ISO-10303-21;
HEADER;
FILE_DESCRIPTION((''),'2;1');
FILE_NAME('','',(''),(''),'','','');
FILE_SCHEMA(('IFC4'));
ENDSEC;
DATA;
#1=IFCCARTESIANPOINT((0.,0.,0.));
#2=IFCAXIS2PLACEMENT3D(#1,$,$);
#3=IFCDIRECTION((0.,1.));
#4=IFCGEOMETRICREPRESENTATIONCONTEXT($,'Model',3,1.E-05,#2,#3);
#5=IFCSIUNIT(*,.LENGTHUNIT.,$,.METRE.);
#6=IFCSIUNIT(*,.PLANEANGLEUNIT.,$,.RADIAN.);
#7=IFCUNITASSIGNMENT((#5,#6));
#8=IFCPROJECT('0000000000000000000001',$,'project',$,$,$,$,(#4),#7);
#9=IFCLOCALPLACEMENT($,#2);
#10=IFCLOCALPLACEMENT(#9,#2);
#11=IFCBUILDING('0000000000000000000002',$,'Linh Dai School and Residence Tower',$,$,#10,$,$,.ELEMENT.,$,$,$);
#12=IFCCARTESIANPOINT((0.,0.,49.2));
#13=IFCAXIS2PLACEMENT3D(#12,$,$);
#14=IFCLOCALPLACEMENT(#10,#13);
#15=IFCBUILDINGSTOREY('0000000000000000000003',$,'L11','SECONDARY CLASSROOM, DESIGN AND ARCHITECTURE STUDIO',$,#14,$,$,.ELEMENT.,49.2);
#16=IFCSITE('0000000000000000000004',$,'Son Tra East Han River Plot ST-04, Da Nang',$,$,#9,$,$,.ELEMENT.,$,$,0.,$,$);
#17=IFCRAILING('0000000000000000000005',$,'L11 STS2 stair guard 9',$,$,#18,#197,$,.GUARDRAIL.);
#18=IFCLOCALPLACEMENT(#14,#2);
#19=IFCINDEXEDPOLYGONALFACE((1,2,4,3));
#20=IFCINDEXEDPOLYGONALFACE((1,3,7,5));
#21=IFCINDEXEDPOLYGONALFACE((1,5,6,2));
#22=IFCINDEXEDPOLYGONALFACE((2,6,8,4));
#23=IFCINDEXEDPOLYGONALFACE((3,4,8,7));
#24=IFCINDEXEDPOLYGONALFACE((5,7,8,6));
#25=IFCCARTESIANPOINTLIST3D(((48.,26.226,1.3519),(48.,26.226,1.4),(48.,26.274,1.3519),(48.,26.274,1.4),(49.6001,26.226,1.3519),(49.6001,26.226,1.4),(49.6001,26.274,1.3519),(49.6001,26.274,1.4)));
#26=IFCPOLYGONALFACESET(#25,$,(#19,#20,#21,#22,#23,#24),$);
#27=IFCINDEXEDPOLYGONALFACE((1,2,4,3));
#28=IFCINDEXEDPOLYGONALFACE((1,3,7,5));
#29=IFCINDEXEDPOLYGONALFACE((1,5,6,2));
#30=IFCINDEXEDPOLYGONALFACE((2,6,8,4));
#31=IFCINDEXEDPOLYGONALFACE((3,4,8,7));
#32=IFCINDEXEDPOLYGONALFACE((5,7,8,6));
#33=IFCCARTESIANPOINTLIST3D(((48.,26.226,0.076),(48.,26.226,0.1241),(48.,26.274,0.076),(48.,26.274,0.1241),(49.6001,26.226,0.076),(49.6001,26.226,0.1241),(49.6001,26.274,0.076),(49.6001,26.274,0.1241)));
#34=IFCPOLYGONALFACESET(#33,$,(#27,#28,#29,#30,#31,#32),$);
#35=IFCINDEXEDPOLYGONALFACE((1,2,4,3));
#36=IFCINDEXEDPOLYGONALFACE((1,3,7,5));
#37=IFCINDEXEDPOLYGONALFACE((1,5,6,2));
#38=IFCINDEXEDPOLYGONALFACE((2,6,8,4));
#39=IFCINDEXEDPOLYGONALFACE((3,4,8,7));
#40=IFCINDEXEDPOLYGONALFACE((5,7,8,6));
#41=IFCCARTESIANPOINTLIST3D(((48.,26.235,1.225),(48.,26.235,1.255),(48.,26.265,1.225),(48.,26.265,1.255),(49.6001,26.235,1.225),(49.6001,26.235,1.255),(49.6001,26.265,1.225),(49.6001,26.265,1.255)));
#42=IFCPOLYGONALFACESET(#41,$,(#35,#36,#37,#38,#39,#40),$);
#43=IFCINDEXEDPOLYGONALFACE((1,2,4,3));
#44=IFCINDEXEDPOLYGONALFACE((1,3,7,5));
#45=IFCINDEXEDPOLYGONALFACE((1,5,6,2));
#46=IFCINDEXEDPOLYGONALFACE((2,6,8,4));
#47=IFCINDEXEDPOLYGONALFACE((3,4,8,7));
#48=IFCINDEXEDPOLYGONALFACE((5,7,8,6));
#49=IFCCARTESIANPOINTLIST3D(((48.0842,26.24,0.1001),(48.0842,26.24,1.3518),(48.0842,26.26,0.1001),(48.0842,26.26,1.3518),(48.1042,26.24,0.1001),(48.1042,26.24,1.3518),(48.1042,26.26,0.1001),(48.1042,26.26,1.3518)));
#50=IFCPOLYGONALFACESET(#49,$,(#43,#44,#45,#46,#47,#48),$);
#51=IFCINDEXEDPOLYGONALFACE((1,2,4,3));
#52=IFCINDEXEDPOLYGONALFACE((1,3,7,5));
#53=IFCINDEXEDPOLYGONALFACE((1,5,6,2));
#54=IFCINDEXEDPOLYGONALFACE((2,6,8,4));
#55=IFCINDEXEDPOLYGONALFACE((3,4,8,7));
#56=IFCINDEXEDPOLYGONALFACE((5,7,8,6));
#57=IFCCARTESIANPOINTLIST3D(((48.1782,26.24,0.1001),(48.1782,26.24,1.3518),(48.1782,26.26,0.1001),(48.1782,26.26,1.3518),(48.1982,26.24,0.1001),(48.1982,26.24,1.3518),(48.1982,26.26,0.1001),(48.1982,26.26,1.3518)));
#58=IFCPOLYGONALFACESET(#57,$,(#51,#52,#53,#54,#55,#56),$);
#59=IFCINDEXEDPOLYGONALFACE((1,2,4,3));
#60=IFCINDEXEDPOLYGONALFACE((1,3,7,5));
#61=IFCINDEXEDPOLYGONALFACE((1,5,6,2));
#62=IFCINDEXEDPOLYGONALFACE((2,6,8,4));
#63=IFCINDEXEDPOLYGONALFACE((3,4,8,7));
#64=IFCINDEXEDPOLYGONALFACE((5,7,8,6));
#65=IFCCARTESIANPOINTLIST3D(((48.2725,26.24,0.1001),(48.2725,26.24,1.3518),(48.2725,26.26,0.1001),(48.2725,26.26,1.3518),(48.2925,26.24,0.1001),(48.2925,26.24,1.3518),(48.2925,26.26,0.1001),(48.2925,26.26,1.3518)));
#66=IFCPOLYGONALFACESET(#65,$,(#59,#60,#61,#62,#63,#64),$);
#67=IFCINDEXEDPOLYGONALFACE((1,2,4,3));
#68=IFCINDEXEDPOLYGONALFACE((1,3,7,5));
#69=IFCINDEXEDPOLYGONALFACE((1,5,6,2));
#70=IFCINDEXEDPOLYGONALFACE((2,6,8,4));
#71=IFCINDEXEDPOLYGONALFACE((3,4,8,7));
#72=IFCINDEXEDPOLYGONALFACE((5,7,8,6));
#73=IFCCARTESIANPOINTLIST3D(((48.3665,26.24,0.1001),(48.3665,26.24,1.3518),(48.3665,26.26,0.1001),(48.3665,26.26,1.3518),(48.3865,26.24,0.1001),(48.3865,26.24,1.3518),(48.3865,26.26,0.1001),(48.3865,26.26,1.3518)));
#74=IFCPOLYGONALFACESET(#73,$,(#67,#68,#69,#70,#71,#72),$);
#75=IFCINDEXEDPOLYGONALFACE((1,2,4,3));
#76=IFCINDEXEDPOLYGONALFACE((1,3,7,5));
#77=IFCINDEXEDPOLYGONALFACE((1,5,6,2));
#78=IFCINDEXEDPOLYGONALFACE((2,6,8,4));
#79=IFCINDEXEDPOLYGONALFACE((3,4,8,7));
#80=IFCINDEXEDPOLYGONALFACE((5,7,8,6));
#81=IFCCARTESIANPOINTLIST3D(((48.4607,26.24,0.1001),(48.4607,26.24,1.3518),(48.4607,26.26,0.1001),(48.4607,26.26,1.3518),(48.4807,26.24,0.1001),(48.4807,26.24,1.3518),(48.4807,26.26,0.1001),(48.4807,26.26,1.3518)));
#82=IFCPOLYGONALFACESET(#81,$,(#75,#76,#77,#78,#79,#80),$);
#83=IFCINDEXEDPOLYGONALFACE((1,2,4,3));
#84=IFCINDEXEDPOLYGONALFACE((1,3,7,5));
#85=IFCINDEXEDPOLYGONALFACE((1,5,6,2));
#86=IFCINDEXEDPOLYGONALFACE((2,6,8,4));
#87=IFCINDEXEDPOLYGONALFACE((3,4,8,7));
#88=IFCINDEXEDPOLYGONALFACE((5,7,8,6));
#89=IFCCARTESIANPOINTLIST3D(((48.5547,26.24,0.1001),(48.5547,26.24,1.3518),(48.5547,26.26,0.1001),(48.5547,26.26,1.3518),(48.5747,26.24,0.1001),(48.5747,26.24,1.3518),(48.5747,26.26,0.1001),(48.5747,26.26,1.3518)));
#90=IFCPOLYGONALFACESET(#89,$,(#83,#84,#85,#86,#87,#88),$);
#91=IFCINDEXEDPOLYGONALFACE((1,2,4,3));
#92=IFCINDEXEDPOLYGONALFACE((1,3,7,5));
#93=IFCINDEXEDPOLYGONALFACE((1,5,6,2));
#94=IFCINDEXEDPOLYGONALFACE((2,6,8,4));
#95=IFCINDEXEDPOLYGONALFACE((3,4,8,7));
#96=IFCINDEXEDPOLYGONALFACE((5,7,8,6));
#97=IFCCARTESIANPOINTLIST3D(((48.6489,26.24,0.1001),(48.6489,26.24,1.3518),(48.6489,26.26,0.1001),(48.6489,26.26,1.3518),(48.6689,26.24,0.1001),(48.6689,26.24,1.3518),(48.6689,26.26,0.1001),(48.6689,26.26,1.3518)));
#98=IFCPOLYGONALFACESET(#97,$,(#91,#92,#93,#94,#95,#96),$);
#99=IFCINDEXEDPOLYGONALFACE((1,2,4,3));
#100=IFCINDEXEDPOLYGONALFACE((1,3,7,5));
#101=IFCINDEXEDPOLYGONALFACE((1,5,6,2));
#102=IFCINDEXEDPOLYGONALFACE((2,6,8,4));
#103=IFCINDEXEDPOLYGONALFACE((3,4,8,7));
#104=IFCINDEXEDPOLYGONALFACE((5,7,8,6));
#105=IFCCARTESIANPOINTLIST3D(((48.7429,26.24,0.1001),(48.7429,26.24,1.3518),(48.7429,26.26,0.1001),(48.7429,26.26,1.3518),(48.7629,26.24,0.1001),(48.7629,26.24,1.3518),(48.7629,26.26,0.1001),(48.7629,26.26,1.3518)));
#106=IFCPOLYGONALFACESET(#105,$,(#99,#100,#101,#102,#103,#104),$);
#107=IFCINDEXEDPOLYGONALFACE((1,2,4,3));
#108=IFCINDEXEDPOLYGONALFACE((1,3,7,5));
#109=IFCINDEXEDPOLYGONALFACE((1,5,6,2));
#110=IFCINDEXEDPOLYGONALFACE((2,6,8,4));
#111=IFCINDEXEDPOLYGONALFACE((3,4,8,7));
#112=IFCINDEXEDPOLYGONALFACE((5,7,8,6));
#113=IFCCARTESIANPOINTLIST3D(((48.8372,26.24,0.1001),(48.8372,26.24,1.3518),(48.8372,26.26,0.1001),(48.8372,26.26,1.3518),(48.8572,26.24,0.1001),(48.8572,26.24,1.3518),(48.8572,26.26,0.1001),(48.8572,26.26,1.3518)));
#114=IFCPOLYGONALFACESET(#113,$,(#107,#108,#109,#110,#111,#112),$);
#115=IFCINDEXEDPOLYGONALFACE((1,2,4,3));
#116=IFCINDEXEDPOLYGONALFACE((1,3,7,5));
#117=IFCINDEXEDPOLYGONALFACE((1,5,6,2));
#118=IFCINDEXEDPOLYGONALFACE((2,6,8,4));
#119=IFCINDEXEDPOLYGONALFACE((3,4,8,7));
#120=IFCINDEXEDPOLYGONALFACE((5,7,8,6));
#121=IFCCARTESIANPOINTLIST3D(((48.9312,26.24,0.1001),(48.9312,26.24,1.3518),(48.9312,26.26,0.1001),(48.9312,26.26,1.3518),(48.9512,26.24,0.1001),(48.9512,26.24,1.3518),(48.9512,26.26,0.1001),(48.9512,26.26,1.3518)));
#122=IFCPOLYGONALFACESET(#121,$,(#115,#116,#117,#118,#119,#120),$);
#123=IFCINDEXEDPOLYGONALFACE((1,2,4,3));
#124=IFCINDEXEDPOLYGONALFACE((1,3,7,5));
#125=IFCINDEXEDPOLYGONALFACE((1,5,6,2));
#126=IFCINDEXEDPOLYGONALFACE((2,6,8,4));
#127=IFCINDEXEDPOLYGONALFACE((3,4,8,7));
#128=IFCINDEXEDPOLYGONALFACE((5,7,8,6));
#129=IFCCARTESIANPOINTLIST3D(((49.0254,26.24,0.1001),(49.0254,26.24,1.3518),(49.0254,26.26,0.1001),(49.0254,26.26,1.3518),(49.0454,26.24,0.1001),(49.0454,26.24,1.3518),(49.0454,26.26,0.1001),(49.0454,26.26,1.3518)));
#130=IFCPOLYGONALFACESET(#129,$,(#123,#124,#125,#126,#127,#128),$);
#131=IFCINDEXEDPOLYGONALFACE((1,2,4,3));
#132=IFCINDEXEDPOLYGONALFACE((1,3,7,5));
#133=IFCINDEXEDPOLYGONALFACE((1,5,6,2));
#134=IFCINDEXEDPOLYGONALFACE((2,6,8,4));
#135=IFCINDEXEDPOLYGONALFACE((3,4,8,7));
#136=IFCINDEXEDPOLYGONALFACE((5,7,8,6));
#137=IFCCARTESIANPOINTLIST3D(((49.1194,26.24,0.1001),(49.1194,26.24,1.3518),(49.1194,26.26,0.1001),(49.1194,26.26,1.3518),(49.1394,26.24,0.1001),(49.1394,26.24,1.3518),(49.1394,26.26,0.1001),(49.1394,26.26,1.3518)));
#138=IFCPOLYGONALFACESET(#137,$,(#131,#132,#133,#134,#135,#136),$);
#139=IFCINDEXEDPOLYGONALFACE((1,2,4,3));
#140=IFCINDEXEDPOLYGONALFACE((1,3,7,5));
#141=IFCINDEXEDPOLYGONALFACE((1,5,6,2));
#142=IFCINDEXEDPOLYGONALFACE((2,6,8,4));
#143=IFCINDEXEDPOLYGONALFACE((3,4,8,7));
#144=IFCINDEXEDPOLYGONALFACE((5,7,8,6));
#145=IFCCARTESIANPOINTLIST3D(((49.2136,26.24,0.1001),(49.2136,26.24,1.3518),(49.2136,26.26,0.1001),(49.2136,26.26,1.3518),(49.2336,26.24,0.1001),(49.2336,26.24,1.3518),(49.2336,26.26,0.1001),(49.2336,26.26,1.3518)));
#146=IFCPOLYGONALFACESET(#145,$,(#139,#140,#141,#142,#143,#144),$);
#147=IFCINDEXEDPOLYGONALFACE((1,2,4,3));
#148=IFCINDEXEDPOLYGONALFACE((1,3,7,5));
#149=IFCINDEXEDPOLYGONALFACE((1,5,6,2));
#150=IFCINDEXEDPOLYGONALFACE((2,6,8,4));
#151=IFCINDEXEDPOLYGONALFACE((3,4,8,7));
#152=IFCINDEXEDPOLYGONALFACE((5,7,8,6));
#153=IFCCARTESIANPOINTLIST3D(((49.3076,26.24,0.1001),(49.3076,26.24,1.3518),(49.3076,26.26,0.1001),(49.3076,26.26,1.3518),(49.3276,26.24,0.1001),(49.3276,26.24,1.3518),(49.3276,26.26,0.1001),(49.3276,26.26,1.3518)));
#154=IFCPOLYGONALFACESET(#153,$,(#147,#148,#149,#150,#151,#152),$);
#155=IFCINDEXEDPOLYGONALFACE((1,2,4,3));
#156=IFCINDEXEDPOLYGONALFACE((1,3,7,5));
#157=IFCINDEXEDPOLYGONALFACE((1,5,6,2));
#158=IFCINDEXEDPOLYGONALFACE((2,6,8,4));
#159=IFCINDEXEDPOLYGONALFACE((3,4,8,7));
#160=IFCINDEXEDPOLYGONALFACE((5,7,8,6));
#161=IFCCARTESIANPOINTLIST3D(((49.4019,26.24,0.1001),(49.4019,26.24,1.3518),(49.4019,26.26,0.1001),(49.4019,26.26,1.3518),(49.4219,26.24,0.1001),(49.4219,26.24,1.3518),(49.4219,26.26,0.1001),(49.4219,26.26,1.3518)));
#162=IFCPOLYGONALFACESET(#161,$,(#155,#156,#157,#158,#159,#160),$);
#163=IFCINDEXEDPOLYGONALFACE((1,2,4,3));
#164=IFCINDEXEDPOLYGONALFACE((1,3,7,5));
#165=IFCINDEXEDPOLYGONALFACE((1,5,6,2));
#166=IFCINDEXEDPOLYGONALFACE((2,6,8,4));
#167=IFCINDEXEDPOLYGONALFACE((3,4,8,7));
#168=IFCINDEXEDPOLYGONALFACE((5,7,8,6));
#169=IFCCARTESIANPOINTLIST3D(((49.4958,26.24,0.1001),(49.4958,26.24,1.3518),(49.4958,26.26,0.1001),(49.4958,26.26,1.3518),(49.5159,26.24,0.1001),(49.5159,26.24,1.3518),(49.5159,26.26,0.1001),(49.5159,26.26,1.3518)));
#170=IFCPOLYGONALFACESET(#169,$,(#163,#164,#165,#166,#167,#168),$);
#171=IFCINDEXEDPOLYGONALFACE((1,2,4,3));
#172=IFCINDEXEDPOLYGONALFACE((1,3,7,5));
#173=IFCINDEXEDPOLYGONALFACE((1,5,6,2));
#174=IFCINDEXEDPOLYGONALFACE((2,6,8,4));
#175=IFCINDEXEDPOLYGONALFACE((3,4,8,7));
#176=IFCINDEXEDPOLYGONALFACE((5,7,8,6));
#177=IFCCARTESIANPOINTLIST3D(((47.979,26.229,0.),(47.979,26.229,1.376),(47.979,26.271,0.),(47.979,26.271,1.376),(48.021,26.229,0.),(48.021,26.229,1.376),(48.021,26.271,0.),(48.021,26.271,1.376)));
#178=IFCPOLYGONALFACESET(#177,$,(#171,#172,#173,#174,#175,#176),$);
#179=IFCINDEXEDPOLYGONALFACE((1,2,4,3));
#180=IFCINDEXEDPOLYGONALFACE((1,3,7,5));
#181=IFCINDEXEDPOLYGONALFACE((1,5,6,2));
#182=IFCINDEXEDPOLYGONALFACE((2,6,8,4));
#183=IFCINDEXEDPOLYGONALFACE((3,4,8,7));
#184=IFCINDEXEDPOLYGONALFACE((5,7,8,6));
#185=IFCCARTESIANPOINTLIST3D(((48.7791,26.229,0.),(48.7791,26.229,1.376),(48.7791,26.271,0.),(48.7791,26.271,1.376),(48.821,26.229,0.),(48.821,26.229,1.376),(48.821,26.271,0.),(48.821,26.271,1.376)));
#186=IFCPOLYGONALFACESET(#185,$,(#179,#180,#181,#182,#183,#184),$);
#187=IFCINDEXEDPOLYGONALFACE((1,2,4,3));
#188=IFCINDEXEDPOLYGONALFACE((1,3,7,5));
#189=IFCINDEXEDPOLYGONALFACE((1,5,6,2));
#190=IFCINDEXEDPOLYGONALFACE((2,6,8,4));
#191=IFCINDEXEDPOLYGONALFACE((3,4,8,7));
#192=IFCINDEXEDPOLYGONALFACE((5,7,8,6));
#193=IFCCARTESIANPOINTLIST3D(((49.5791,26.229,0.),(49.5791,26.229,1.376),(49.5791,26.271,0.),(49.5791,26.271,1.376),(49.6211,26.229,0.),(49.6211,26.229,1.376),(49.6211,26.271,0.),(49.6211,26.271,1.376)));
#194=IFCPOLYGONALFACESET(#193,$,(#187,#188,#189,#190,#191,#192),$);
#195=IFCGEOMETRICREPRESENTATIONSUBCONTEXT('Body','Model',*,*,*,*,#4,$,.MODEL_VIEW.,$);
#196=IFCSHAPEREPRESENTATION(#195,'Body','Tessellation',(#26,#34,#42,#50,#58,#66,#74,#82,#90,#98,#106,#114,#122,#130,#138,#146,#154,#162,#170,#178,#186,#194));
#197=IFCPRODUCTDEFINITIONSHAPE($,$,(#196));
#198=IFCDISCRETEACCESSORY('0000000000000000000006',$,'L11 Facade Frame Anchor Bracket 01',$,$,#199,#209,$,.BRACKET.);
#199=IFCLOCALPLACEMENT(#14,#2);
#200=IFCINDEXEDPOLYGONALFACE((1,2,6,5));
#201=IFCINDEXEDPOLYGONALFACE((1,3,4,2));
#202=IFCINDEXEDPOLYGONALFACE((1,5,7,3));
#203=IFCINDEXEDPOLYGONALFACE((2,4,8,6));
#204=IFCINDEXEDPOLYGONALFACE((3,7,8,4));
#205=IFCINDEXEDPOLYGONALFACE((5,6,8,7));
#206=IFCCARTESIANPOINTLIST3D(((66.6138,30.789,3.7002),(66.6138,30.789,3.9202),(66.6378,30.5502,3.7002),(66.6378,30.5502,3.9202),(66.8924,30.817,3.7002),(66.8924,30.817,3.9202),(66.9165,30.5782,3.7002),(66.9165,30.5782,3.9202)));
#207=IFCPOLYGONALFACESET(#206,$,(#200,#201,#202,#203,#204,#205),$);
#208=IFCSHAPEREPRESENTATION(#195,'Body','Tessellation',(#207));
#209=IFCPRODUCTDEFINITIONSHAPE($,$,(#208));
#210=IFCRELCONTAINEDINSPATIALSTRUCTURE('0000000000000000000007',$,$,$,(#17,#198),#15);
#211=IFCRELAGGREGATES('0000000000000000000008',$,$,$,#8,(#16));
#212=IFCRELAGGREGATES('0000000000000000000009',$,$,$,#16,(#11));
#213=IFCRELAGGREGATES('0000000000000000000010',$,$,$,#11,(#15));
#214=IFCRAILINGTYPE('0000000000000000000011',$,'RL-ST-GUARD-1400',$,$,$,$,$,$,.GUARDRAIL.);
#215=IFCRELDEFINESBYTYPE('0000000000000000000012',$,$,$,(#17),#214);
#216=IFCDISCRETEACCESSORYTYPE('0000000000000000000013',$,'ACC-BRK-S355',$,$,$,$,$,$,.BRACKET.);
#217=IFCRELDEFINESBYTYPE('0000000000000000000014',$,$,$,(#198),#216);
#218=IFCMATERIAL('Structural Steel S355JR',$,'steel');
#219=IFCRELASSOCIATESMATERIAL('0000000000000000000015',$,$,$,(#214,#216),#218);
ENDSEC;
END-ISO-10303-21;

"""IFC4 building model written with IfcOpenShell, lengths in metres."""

from ifc_helpers import new_model, si_unit, direction, frame, origin, origin_2d, place, context, subcontext, project, spatial, rectangle, extrude, source, transform, mapped, material, type_object, element, save


model = new_model("IFC4")

# Units and contexts
model_context = context("Model", 3, precision=1e-05, world=origin(), true_north=direction((0.0, 1.0)))
body_context = subcontext(model_context, "Body", "Model", "MODEL_VIEW")
ifc_project = project(units=[si_unit("LENGTHUNIT", "METRE"), si_unit("PLANEANGLEUNIT", "RADIAN")], contexts=[model_context])

# Site, building, storey
site_placement = place(None, origin())
site = spatial("IfcSite", under=ifc_project, at=site_placement, Name="Son Tra East Han River Plot ST-04, Da Nang", CompositionType="ELEMENT", RefElevation=0.0)
building_placement = place(site_placement, origin())
building = spatial("IfcBuilding", under=site, at=building_placement, Name="Linh Dai School and Residence Tower", CompositionType="ELEMENT")
storey_placement = place(building_placement, frame((0.0, 0.0, 49.2)))
storey = spatial("IfcBuildingStorey", under=building, at=storey_placement, Name="L11", Description="SECONDARY CLASSROOM, DESIGN AND ARCHITECTURE STUDIO", CompositionType="ELEMENT", Elevation=49.2)

# Shared definitions
ifc_material_1 = material(Name="Structural Steel S355JR", Category="steel")

# Railing
railing_type_1 = type_object("IfcRailingType", Name="RL-ST-GUARD-1400", PredefinedType="GUARDRAIL", material=ifc_material_1)
shared_shape_1 = source(origin(), body_context, "Body", "SweptSolid", [
    extrude(rectangle(XDim=0.0481, YDim=0.0481, at=origin_2d()), frame((0.0, 0.0, 1.376), z_axis=(1.0, 0.0, 0.0), x_axis=(0.0, 1.0, 0.0)), (0.0, 0.0, 1.0), 1.6001),
    extrude(rectangle(XDim=0.0481, YDim=0.0481, at=origin_2d()), frame((0.0, 0.0, 0.1001), z_axis=(1.0, 0.0, 0.0), x_axis=(0.0, 1.0, 0.0)), (0.0, 0.0, 1.0), 1.6001),
    extrude(rectangle(XDim=0.03, YDim=0.03, at=origin_2d()), frame((0.0, 0.0, 1.24), z_axis=(1.0, 0.0, 0.0), x_axis=(0.0, 1.0, 0.0)), (0.0, 0.0, 1.0), 1.6001),
    extrude(rectangle(XDim=0.02, YDim=0.02, at=origin_2d()), frame((0.0942, 0.0, 0.1001)), (0.0, 0.0, 1.0), 1.2517),
    extrude(rectangle(XDim=0.02, YDim=0.02, at=origin_2d()), frame((0.1882, 0.0, 0.1001)), (0.0, 0.0, 1.0), 1.2517),
    extrude(rectangle(XDim=0.02, YDim=0.02, at=origin_2d()), frame((0.2825, 0.0, 0.1001)), (0.0, 0.0, 1.0), 1.2517),
    extrude(rectangle(XDim=0.02, YDim=0.02, at=origin_2d()), frame((0.3765, 0.0, 0.1001)), (0.0, 0.0, 1.0), 1.2517),
    extrude(rectangle(XDim=0.02, YDim=0.02, at=origin_2d()), frame((0.4707, 0.0, 0.1001)), (0.0, 0.0, 1.0), 1.2517),
    extrude(rectangle(XDim=0.02, YDim=0.02, at=origin_2d()), frame((0.5647, 0.0, 0.1001)), (0.0, 0.0, 1.0), 1.2517),
    extrude(rectangle(XDim=0.02, YDim=0.02, at=origin_2d()), frame((0.6589, 0.0, 0.1001)), (0.0, 0.0, 1.0), 1.2517),
    extrude(rectangle(XDim=0.02, YDim=0.02, at=origin_2d()), frame((0.7529, 0.0, 0.1001)), (0.0, 0.0, 1.0), 1.2517),
    extrude(rectangle(XDim=0.02, YDim=0.02, at=origin_2d()), frame((0.8472, 0.0, 0.1001)), (0.0, 0.0, 1.0), 1.2517),
    extrude(rectangle(XDim=0.02, YDim=0.02, at=origin_2d()), frame((0.9412, 0.0, 0.1001)), (0.0, 0.0, 1.0), 1.2517),
    extrude(rectangle(XDim=0.02, YDim=0.02, at=origin_2d()), frame((1.0354, 0.0, 0.1001)), (0.0, 0.0, 1.0), 1.2517),
    extrude(rectangle(XDim=0.02, YDim=0.02, at=origin_2d()), frame((1.1294, 0.0, 0.1001)), (0.0, 0.0, 1.0), 1.2517),
    extrude(rectangle(XDim=0.02, YDim=0.02, at=origin_2d()), frame((1.2236, 0.0, 0.1001)), (0.0, 0.0, 1.0), 1.2517),
    extrude(rectangle(XDim=0.02, YDim=0.02, at=origin_2d()), frame((1.3176, 0.0, 0.1001)), (0.0, 0.0, 1.0), 1.2517),
    extrude(rectangle(XDim=0.02, YDim=0.02, at=origin_2d()), frame((1.4119, 0.0, 0.1001)), (0.0, 0.0, 1.0), 1.2517),
    extrude(rectangle(XDim=0.02, YDim=0.02, at=origin_2d()), frame((1.5059, 0.0, 0.1001)), (0.0, 0.0, 1.0), 1.2517),
    extrude(rectangle(XDim=0.042, YDim=0.042, at=origin_2d()), origin(), (0.0, 0.0, 1.0), 1.376),
    extrude(rectangle(XDim=0.042, YDim=0.042, at=origin_2d()), frame((0.8, 0.0, 0.0)), (0.0, 0.0, 1.0), 1.376),
    extrude(rectangle(XDim=0.042, YDim=0.042, at=origin_2d()), frame((1.6001, 0.0, 0.0)), (0.0, 0.0, 1.0), 1.376),
])
railing_1_placement = place(storey_placement, frame((48.0, 26.25, 0.0)))
element("IfcRailing", 1, at=railing_1_placement, inside=storey, type_object=railing_type_1, Name="L11 STS2 stair guard 9", PredefinedType="GUARDRAIL", context=body_context, shape_type="MappedRepresentation", body=[
    mapped(shared_shape_1, transform((0.0, 0.0, 0.0), x_axis=(1.0, 0.0, 0.0), y_axis=(0.0, 1.0, 0.0), z_axis=(0.0, 0.0, 1.0), scale=1.0)),
])

# Discrete accessory
discrete_accessory_type = type_object("IfcDiscreteAccessoryType", Name="ACC-BRK-S355", PredefinedType="BRACKET", material=ifc_material_1)
shared_shape_2 = source(origin(), body_context, "Body", "SweptSolid", [
    extrude(rectangle(XDim=0.28, YDim=0.24, at=origin_2d()), origin(), (0.0, 0.0, 1.0), 0.22),
])
discrete_accessory_placement = place(storey_placement, frame((66.7651, 30.6836, 3.7002), z_axis=(0.0, 0.0, 1.0), x_axis=(0.994986, 0.100009, 0.0)))
element("IfcDiscreteAccessory", 2, at=discrete_accessory_placement, inside=storey, type_object=discrete_accessory_type, Name="L11 Facade Frame Anchor Bracket 01", PredefinedType="BRACKET", context=body_context, shape_type="MappedRepresentation", body=[
    mapped(shared_shape_2, transform((0.0, 0.0, 0.0), x_axis=(1.0, 0.0, 0.0), y_axis=(0.0, 1.0, 0.0), z_axis=(0.0, 0.0, 1.0), scale=1.0)),
])

save(model, "model.ifc")
